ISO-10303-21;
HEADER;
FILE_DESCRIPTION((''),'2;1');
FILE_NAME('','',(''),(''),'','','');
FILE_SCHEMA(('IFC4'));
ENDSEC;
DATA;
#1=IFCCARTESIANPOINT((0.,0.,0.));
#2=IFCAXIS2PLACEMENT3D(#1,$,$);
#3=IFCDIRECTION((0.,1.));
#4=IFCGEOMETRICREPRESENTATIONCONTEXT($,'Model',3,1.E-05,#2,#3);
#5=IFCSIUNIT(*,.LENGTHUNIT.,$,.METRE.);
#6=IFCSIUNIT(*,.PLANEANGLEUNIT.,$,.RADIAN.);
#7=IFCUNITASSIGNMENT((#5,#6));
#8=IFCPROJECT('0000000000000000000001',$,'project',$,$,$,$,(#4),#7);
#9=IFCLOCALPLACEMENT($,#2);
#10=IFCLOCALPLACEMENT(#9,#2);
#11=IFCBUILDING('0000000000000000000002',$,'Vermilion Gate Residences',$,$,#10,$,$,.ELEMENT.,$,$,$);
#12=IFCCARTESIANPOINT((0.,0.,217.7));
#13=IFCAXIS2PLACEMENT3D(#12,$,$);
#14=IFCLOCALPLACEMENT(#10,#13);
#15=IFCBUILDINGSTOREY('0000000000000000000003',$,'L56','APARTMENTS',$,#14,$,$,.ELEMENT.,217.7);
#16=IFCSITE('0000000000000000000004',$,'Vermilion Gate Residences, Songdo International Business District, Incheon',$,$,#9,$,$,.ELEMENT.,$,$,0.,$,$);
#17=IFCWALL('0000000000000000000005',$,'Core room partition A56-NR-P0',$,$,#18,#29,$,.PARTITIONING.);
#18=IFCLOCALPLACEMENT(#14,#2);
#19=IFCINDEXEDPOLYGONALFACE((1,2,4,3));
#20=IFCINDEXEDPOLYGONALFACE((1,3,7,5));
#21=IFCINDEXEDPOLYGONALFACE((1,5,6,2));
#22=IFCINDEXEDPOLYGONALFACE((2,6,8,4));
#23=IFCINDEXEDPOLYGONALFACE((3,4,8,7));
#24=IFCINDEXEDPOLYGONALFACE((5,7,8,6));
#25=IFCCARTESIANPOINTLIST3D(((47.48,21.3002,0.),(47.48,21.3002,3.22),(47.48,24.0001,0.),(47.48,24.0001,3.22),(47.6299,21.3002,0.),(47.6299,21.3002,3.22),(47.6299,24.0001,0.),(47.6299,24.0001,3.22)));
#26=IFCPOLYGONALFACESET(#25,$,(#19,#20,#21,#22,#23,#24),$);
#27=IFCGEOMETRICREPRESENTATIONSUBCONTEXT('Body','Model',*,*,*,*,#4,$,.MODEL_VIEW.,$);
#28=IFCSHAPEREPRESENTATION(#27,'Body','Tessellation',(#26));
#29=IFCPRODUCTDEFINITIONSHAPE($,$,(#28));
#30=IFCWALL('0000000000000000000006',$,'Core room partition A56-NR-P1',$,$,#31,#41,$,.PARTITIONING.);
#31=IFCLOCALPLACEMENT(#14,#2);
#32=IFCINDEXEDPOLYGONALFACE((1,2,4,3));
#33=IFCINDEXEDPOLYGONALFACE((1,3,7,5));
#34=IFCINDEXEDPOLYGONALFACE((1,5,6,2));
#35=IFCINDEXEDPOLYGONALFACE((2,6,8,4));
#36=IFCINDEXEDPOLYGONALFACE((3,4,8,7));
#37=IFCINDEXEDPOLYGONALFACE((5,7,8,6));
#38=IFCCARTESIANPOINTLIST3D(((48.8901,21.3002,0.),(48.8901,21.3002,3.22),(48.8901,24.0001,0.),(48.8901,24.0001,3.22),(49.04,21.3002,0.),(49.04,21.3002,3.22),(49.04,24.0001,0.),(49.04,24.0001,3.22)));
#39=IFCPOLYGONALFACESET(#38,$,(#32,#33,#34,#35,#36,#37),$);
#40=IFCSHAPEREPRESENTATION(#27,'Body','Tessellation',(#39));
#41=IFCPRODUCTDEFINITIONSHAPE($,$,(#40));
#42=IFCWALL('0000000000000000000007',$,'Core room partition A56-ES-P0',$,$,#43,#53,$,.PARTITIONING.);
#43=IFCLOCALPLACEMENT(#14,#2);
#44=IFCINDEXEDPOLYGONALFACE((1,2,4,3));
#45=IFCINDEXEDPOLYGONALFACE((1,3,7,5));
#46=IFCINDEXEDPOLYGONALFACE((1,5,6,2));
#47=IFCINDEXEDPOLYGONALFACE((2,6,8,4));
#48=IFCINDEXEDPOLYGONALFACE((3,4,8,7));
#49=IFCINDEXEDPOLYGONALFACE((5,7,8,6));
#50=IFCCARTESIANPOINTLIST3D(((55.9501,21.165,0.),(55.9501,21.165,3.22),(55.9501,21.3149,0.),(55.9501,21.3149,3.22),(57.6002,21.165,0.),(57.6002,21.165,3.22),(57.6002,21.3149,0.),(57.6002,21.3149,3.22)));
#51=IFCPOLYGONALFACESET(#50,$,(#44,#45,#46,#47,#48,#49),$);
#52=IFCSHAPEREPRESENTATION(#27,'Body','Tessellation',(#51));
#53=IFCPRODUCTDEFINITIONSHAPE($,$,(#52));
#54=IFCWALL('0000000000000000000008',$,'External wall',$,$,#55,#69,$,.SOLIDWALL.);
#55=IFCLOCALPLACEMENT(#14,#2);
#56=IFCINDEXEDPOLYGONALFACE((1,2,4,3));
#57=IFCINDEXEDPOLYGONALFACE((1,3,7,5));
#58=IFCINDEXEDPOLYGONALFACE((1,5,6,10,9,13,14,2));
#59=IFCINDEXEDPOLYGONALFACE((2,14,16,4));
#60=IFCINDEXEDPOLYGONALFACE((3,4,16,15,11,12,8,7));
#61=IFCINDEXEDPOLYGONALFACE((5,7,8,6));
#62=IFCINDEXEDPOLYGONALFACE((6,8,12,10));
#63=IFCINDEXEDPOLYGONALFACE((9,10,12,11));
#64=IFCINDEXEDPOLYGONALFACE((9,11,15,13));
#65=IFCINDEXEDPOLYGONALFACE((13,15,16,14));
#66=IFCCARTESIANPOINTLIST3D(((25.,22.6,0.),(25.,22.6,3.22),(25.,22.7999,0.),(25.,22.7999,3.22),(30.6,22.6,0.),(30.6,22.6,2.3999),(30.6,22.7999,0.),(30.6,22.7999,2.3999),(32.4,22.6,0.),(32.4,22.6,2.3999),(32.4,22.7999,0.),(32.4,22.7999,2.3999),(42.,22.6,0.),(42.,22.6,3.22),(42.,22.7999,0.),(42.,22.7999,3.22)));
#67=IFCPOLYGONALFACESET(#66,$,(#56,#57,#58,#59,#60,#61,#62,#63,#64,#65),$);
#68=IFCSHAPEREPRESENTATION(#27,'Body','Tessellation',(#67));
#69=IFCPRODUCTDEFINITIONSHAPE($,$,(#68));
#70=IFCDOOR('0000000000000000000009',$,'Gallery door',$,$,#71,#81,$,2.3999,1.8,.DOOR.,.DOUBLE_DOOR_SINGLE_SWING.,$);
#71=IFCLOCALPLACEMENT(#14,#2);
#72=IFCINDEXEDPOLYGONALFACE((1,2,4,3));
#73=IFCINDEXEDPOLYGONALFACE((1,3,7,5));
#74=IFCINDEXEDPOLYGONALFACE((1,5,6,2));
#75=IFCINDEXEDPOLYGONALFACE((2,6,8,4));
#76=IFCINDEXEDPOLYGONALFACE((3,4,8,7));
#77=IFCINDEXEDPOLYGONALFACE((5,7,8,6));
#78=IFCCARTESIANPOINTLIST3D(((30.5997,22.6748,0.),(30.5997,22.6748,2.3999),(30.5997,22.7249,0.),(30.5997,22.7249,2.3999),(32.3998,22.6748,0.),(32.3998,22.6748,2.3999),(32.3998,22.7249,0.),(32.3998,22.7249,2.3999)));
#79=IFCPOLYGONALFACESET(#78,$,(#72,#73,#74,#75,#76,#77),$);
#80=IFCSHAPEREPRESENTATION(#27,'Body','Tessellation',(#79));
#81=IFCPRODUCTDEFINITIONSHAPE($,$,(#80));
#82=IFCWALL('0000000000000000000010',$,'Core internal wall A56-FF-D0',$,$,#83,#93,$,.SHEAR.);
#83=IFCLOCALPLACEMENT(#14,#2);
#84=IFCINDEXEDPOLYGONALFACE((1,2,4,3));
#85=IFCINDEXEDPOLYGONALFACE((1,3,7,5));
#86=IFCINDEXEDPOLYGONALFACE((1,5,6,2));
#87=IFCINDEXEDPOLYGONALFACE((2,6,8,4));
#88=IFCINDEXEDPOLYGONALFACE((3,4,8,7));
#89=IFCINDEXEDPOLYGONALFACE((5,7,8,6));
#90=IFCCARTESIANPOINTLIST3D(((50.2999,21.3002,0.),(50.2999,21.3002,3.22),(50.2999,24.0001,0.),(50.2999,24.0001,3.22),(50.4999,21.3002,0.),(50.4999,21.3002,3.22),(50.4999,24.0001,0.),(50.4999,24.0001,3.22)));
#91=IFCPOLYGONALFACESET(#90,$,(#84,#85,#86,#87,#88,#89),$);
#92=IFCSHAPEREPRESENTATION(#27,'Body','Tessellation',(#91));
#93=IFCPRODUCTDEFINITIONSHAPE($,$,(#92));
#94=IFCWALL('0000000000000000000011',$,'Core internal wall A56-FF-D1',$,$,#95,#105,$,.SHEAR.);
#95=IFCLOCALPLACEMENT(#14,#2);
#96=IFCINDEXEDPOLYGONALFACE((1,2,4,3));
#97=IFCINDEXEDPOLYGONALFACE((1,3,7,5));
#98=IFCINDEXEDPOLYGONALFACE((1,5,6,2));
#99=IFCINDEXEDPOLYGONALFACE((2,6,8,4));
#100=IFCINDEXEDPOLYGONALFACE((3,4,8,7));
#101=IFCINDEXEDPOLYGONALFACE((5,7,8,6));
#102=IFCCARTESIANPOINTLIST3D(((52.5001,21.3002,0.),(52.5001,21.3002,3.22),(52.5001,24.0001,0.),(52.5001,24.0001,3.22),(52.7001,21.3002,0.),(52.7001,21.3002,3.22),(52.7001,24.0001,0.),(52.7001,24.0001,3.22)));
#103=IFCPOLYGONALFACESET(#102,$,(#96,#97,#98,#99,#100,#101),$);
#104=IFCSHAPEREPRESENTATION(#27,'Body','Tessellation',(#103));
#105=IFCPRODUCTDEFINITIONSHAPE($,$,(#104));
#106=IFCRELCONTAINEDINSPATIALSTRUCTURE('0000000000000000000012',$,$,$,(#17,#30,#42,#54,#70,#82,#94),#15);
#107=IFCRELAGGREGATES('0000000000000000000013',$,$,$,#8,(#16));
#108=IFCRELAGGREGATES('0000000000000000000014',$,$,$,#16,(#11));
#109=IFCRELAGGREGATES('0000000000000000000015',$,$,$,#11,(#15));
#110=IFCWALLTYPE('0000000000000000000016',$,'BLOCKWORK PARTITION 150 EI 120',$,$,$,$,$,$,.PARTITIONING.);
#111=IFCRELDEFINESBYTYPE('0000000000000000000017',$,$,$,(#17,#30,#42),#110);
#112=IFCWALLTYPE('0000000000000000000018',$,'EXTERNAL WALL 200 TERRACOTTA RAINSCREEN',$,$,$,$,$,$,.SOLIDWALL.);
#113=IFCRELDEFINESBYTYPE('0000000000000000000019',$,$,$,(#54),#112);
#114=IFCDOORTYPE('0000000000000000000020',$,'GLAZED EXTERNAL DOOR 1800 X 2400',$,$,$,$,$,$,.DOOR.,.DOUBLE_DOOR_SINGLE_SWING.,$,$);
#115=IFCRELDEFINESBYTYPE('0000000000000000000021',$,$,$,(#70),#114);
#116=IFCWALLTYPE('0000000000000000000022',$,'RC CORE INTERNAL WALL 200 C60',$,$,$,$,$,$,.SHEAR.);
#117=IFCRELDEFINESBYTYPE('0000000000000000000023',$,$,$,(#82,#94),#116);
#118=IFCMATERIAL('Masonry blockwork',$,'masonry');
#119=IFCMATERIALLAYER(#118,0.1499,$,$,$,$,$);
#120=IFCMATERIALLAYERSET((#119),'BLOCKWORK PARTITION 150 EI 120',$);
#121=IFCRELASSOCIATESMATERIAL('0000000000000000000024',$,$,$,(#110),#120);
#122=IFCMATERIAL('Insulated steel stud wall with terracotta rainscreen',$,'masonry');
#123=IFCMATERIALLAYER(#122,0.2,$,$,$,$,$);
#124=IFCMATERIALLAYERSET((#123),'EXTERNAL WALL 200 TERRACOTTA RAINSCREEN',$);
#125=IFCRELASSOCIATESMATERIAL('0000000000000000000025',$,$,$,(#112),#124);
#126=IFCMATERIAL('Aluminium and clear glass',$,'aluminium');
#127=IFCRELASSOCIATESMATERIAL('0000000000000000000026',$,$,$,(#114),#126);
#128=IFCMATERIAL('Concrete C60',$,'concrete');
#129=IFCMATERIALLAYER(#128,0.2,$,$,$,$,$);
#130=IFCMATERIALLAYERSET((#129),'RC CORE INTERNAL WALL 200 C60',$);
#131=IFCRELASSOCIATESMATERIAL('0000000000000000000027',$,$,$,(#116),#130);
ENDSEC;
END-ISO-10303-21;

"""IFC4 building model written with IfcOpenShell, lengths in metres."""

from ifc_helpers import new_model, si_unit, direction, frame, frame_2d, origin, place, context, subcontext, project, spatial, rectangle, extrude, material, layer, layer_set, type_object, element, fill, save


model = new_model("IFC4")

# Units and contexts
model_context = context("Model", 3, precision=1e-05, world=origin(), true_north=direction((0.0, 1.0)))
body_context = subcontext(model_context, "Body", "Model", "MODEL_VIEW")
ifc_project = project(units=[si_unit("LENGTHUNIT", "METRE"), si_unit("PLANEANGLEUNIT", "RADIAN")], contexts=[model_context])

# Site, building, storey
site_placement = place(None, origin())
site = spatial("IfcSite", under=ifc_project, at=site_placement, Name="Vermilion Gate Residences, Songdo International Business District, Incheon", CompositionType="ELEMENT", RefElevation=0.0)
building_placement = place(site_placement, origin())
building = spatial("IfcBuilding", under=site, at=building_placement, Name="Vermilion Gate Residences", CompositionType="ELEMENT")
storey_placement = place(building_placement, frame((0.0, 0.0, 217.7)))
storey = spatial("IfcBuildingStorey", under=building, at=storey_placement, Name="L56", Description="APARTMENTS", CompositionType="ELEMENT", Elevation=217.7)

# Walls
ifc_material_1 = material(Name="Masonry blockwork", Category="masonry")
ifc_layer_1 = layer(ifc_material_1, 0.1499)
ifc_layer_set_1 = layer_set([ifc_layer_1], Name="BLOCKWORK PARTITION 150 EI 120")
wall_type_1 = type_object("IfcWallType", Name="BLOCKWORK PARTITION 150 EI 120", PredefinedType="PARTITIONING", material=ifc_layer_set_1)
for number, where, z_axis, x_axis, name in (
    (1, (47.5549, 21.3, 0.0), (0.0, 0.0, 1.0), (0.0, 1.0, 0.0), "Core room partition A56-NR-P0"),
    (2, (48.9651, 21.3, 0.0), (0.0, 0.0, 1.0), (0.0, 1.0, 0.0), "Core room partition A56-NR-P1"),
):
    element("IfcWall", number, at=place(storey_placement, frame(where, z_axis=z_axis, x_axis=x_axis)), inside=storey, type_object=wall_type_1, Name=name, PredefinedType="PARTITIONING", context=body_context, shape_type="SweptSolid", body=[
        extrude(rectangle(XDim=2.7, YDim=0.1499, at=frame_2d((1.3501, 0.0))), origin(), (0.0, 0.0, 1.0), 3.22),
    ])
wall_1_placement = place(storey_placement, frame((55.95, 21.24, 0.0), z_axis=(0.0, 0.0, 1.0), x_axis=(1.0, 0.0, 0.0)))
element("IfcWall", 3, at=wall_1_placement, inside=storey, type_object=wall_type_1, Name="Core room partition A56-ES-P0", PredefinedType="PARTITIONING", context=body_context, shape_type="SweptSolid", body=[
    extrude(rectangle(XDim=1.6501, YDim=0.1499, at=frame_2d((0.8252, 0.0))), origin(), (0.0, 0.0, 1.0), 3.22),
])

# Wall, opening, door
ifc_material_2 = material(Name="Insulated steel stud wall with terracotta rainscreen", Category="masonry")
ifc_layer_2 = layer(ifc_material_2, 0.2)
ifc_layer_set_2 = layer_set([ifc_layer_2], Name="EXTERNAL WALL 200 TERRACOTTA RAINSCREEN")
wall_type_2 = type_object("IfcWallType", Name="EXTERNAL WALL 200 TERRACOTTA RAINSCREEN", PredefinedType="SOLIDWALL", material=ifc_layer_set_2)
wall_2_placement = place(storey_placement, frame((42.0, 22.7, 0.0), z_axis=(0.0, 0.0, 1.0), x_axis=(-1.0, 0.0, 0.0)))
wall_2 = element("IfcWall", 4, at=wall_2_placement, inside=storey, type_object=wall_type_2, Name="External wall", PredefinedType="SOLIDWALL", context=body_context, shape_type="SweptSolid", body=[
    extrude(rectangle(XDim=17.0, YDim=0.2, at=frame_2d((8.5, 0.0))), origin(), (0.0, 0.0, 1.0), 3.22),
])
opening_1_placement = place(wall_2_placement, frame((9.6001, 0.0, 0.0)))
opening_1 = element("IfcOpeningElement", 5, at=opening_1_placement, cuts=wall_2, PredefinedType="OPENING", context=body_context, shape_type="SweptSolid", body=[
    extrude(rectangle(XDim=1.8, YDim=2.3999, at=frame_2d((0.8999, 1.2))), frame((0.0, 0.1099, 0.0), z_axis=(0.0, -1.0, 0.0), x_axis=(1.0, 0.0, 0.0)), (0.0, 0.0, 1.0), 0.22),
])
ifc_material_3 = material(Name="Aluminium and clear glass", Category="aluminium")
door_type_1 = type_object("IfcDoorType", Name="GLAZED EXTERNAL DOOR 1800 X 2400", OperationType="DOUBLE_DOOR_SINGLE_SWING", PredefinedType="DOOR", material=ifc_material_3)
door_1_placement = place(opening_1_placement, frame((1.8, 0.0, 0.0), z_axis=(0.0, 0.0, 1.0), x_axis=(-1.0, 0.0, 0.0)))
door_1 = element("IfcDoor", 6, at=door_1_placement, inside=storey, type_object=door_type_1, Name="Gallery door", OperationType="DOUBLE_DOOR_SINGLE_SWING", OverallHeight=2.3999, OverallWidth=1.8, PredefinedType="DOOR", context=body_context, shape_type="SweptSolid", body=[
    extrude(rectangle(XDim=1.8, YDim=2.3999, at=frame_2d((0.8999, 1.2))), frame((0.0, 0.0249, 0.0), z_axis=(0.0, -1.0, 0.0), x_axis=(1.0, 0.0, 0.0)), (0.0, 0.0, 1.0), 0.05),
])
fill(opening_1, door_1)

# Walls
ifc_material_4 = material(Name="Concrete C60", Category="concrete")
ifc_layer_3 = layer(ifc_material_4, 0.2)
ifc_layer_set_3 = layer_set([ifc_layer_3], Name="RC CORE INTERNAL WALL 200 C60")
wall_type_3 = type_object("IfcWallType", Name="RC CORE INTERNAL WALL 200 C60", PredefinedType="SHEAR", material=ifc_layer_set_3)
for number, where, z_axis, x_axis, name in (
    (7, (50.3999, 21.3, 0.0), (0.0, 0.0, 1.0), (0.0, 1.0, 0.0), "Core internal wall A56-FF-D0"),
    (8, (52.6001, 21.3, 0.0), (0.0, 0.0, 1.0), (0.0, 1.0, 0.0), "Core internal wall A56-FF-D1"),
):
    element("IfcWall", number, at=place(storey_placement, frame(where, z_axis=z_axis, x_axis=x_axis)), inside=storey, type_object=wall_type_3, Name=name, PredefinedType="SHEAR", context=body_context, shape_type="SweptSolid", body=[
        extrude(rectangle(XDim=2.7, YDim=0.2, at=frame_2d((1.3501, 0.0))), origin(), (0.0, 0.0, 1.0), 3.22),
    ])

save(model, "model.ifc")
